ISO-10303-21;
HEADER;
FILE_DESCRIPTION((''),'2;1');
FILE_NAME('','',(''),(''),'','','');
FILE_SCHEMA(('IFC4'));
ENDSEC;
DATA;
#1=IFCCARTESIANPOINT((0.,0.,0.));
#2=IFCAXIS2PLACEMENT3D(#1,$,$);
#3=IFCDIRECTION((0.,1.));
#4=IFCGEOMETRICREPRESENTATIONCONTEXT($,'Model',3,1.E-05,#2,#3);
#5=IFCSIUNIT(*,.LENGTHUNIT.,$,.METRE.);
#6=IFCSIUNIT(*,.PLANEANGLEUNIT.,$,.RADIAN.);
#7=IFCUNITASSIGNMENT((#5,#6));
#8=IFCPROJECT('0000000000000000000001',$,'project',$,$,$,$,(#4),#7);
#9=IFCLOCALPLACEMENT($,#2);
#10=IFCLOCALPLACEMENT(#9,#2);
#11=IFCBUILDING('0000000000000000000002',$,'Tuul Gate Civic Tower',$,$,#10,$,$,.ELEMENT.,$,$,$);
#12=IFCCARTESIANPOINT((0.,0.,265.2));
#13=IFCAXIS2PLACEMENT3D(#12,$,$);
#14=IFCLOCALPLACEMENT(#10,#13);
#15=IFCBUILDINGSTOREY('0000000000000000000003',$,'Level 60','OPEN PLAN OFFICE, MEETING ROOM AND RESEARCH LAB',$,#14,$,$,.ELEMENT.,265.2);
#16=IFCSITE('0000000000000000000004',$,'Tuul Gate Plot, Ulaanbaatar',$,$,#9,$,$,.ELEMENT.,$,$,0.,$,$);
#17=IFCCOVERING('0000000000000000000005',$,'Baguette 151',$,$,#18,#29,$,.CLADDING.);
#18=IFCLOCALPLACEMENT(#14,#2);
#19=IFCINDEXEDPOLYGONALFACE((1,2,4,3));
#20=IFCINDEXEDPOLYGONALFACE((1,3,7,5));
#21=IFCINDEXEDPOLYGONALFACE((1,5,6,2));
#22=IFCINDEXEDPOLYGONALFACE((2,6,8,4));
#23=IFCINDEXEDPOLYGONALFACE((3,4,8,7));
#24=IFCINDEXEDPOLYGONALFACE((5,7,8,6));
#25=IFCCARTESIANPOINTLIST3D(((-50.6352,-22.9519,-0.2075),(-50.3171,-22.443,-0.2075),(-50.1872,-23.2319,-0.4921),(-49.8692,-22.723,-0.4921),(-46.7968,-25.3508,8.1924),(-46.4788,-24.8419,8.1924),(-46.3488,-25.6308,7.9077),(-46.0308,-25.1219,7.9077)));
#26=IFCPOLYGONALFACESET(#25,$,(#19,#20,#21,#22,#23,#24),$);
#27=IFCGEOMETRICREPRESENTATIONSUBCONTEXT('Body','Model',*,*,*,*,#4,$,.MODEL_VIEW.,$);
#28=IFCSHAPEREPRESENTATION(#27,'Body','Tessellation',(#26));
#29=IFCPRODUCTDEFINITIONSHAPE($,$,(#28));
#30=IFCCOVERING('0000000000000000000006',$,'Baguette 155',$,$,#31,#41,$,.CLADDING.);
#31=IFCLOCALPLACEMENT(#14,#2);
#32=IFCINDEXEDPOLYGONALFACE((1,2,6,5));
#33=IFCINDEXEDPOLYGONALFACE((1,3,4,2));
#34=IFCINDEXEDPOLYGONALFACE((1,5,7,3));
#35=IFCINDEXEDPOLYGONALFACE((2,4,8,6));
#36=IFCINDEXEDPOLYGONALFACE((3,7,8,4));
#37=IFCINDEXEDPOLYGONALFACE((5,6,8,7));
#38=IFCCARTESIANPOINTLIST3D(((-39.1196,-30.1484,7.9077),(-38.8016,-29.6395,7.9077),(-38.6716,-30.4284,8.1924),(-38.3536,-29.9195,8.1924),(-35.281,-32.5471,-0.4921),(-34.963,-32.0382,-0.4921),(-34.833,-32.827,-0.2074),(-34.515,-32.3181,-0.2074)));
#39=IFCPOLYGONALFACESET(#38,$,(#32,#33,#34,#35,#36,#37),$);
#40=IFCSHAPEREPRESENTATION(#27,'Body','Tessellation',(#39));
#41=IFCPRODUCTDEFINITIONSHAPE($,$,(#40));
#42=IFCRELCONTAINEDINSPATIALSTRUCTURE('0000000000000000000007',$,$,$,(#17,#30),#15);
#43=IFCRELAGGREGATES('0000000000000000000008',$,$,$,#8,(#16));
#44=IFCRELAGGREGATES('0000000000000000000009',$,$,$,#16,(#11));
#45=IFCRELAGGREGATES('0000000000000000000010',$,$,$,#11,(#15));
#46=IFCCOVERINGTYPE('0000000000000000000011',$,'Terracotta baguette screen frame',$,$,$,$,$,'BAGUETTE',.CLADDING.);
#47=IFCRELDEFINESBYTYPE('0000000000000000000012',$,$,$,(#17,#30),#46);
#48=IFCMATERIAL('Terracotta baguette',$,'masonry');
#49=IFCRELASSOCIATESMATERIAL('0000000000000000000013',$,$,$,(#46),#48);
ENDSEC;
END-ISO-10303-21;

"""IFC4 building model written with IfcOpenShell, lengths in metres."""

from ifc_helpers import new_model, si_unit, direction, frame, origin, origin_2d, place, context, subcontext, project, spatial, rectangle, extrude, material, material_profile, profile_set, type_object, element, save


model = new_model("IFC4")

# Units and contexts
model_context = context("Model", 3, precision=1e-05, world=origin(), true_north=direction((0.0, 1.0)))
body_context = subcontext(model_context, "Body", "Model", "MODEL_VIEW")
ifc_project = project(units=[si_unit("LENGTHUNIT", "METRE"), si_unit("PLANEANGLEUNIT", "RADIAN")], contexts=[model_context])

# Site, building, storey
site_placement = place(None, origin())
site = spatial("IfcSite", under=ifc_project, at=site_placement, Name="Tuul Gate Plot, Ulaanbaatar", CompositionType="ELEMENT", RefElevation=0.0)
building_placement = place(site_placement, origin())
building = spatial("IfcBuilding", under=site, at=building_placement, Name="Tuul Gate Civic Tower", CompositionType="ELEMENT")
storey_placement = place(building_placement, frame((0.0, 0.0, 265.2)))
storey = spatial("IfcBuildingStorey", under=building, at=storey_placement, Name="Level 60", Description="OPEN PLAN OFFICE, MEETING ROOM AND RESEARCH LAB", CompositionType="ELEMENT", Elevation=265.2)

# Coverings
ifc_material_1 = material(Name="Terracotta baguette", Category="masonry")
ifc_material_profile_1 = material_profile(ifc_material_1, rectangle(XDim=0.6001, YDim=0.6001, at=origin_2d()), Name="Terracotta baguette screen frame")
ifc_profile_set_1 = profile_set([ifc_material_profile_1], Name="Terracotta baguette")
covering_type = type_object("IfcCoveringType", Name="Terracotta baguette screen frame", ElementType="BAGUETTE", PredefinedType="CLADDING", material=ifc_profile_set_1)
for number, where, z_axis, x_axis, name in (
    (1, (-46.4138, -25.2363, 8.05), (-0.402269, 0.251412, -0.880325), (-0.529989, -0.848004, 0.0), "Baguette 151"),
    (2, (-38.7366, -30.0339, 8.05), (0.402293, -0.251385, -0.880321), (0.529926, 0.848044, 0.0), "Baguette 155"),
):
    element("IfcCovering", number, at=place(storey_placement, frame(where, z_axis=z_axis, x_axis=x_axis)), inside=storey, type_object=covering_type, Name=name, PredefinedType="CLADDING", context=body_context, shape_type="SweptSolid", body=[
        extrude(rectangle(XDim=0.6001, YDim=0.6001, at=origin_2d()), origin(), (0.0, 0.0, 1.0), 9.5417),
    ])

save(model, "model.ifc")
